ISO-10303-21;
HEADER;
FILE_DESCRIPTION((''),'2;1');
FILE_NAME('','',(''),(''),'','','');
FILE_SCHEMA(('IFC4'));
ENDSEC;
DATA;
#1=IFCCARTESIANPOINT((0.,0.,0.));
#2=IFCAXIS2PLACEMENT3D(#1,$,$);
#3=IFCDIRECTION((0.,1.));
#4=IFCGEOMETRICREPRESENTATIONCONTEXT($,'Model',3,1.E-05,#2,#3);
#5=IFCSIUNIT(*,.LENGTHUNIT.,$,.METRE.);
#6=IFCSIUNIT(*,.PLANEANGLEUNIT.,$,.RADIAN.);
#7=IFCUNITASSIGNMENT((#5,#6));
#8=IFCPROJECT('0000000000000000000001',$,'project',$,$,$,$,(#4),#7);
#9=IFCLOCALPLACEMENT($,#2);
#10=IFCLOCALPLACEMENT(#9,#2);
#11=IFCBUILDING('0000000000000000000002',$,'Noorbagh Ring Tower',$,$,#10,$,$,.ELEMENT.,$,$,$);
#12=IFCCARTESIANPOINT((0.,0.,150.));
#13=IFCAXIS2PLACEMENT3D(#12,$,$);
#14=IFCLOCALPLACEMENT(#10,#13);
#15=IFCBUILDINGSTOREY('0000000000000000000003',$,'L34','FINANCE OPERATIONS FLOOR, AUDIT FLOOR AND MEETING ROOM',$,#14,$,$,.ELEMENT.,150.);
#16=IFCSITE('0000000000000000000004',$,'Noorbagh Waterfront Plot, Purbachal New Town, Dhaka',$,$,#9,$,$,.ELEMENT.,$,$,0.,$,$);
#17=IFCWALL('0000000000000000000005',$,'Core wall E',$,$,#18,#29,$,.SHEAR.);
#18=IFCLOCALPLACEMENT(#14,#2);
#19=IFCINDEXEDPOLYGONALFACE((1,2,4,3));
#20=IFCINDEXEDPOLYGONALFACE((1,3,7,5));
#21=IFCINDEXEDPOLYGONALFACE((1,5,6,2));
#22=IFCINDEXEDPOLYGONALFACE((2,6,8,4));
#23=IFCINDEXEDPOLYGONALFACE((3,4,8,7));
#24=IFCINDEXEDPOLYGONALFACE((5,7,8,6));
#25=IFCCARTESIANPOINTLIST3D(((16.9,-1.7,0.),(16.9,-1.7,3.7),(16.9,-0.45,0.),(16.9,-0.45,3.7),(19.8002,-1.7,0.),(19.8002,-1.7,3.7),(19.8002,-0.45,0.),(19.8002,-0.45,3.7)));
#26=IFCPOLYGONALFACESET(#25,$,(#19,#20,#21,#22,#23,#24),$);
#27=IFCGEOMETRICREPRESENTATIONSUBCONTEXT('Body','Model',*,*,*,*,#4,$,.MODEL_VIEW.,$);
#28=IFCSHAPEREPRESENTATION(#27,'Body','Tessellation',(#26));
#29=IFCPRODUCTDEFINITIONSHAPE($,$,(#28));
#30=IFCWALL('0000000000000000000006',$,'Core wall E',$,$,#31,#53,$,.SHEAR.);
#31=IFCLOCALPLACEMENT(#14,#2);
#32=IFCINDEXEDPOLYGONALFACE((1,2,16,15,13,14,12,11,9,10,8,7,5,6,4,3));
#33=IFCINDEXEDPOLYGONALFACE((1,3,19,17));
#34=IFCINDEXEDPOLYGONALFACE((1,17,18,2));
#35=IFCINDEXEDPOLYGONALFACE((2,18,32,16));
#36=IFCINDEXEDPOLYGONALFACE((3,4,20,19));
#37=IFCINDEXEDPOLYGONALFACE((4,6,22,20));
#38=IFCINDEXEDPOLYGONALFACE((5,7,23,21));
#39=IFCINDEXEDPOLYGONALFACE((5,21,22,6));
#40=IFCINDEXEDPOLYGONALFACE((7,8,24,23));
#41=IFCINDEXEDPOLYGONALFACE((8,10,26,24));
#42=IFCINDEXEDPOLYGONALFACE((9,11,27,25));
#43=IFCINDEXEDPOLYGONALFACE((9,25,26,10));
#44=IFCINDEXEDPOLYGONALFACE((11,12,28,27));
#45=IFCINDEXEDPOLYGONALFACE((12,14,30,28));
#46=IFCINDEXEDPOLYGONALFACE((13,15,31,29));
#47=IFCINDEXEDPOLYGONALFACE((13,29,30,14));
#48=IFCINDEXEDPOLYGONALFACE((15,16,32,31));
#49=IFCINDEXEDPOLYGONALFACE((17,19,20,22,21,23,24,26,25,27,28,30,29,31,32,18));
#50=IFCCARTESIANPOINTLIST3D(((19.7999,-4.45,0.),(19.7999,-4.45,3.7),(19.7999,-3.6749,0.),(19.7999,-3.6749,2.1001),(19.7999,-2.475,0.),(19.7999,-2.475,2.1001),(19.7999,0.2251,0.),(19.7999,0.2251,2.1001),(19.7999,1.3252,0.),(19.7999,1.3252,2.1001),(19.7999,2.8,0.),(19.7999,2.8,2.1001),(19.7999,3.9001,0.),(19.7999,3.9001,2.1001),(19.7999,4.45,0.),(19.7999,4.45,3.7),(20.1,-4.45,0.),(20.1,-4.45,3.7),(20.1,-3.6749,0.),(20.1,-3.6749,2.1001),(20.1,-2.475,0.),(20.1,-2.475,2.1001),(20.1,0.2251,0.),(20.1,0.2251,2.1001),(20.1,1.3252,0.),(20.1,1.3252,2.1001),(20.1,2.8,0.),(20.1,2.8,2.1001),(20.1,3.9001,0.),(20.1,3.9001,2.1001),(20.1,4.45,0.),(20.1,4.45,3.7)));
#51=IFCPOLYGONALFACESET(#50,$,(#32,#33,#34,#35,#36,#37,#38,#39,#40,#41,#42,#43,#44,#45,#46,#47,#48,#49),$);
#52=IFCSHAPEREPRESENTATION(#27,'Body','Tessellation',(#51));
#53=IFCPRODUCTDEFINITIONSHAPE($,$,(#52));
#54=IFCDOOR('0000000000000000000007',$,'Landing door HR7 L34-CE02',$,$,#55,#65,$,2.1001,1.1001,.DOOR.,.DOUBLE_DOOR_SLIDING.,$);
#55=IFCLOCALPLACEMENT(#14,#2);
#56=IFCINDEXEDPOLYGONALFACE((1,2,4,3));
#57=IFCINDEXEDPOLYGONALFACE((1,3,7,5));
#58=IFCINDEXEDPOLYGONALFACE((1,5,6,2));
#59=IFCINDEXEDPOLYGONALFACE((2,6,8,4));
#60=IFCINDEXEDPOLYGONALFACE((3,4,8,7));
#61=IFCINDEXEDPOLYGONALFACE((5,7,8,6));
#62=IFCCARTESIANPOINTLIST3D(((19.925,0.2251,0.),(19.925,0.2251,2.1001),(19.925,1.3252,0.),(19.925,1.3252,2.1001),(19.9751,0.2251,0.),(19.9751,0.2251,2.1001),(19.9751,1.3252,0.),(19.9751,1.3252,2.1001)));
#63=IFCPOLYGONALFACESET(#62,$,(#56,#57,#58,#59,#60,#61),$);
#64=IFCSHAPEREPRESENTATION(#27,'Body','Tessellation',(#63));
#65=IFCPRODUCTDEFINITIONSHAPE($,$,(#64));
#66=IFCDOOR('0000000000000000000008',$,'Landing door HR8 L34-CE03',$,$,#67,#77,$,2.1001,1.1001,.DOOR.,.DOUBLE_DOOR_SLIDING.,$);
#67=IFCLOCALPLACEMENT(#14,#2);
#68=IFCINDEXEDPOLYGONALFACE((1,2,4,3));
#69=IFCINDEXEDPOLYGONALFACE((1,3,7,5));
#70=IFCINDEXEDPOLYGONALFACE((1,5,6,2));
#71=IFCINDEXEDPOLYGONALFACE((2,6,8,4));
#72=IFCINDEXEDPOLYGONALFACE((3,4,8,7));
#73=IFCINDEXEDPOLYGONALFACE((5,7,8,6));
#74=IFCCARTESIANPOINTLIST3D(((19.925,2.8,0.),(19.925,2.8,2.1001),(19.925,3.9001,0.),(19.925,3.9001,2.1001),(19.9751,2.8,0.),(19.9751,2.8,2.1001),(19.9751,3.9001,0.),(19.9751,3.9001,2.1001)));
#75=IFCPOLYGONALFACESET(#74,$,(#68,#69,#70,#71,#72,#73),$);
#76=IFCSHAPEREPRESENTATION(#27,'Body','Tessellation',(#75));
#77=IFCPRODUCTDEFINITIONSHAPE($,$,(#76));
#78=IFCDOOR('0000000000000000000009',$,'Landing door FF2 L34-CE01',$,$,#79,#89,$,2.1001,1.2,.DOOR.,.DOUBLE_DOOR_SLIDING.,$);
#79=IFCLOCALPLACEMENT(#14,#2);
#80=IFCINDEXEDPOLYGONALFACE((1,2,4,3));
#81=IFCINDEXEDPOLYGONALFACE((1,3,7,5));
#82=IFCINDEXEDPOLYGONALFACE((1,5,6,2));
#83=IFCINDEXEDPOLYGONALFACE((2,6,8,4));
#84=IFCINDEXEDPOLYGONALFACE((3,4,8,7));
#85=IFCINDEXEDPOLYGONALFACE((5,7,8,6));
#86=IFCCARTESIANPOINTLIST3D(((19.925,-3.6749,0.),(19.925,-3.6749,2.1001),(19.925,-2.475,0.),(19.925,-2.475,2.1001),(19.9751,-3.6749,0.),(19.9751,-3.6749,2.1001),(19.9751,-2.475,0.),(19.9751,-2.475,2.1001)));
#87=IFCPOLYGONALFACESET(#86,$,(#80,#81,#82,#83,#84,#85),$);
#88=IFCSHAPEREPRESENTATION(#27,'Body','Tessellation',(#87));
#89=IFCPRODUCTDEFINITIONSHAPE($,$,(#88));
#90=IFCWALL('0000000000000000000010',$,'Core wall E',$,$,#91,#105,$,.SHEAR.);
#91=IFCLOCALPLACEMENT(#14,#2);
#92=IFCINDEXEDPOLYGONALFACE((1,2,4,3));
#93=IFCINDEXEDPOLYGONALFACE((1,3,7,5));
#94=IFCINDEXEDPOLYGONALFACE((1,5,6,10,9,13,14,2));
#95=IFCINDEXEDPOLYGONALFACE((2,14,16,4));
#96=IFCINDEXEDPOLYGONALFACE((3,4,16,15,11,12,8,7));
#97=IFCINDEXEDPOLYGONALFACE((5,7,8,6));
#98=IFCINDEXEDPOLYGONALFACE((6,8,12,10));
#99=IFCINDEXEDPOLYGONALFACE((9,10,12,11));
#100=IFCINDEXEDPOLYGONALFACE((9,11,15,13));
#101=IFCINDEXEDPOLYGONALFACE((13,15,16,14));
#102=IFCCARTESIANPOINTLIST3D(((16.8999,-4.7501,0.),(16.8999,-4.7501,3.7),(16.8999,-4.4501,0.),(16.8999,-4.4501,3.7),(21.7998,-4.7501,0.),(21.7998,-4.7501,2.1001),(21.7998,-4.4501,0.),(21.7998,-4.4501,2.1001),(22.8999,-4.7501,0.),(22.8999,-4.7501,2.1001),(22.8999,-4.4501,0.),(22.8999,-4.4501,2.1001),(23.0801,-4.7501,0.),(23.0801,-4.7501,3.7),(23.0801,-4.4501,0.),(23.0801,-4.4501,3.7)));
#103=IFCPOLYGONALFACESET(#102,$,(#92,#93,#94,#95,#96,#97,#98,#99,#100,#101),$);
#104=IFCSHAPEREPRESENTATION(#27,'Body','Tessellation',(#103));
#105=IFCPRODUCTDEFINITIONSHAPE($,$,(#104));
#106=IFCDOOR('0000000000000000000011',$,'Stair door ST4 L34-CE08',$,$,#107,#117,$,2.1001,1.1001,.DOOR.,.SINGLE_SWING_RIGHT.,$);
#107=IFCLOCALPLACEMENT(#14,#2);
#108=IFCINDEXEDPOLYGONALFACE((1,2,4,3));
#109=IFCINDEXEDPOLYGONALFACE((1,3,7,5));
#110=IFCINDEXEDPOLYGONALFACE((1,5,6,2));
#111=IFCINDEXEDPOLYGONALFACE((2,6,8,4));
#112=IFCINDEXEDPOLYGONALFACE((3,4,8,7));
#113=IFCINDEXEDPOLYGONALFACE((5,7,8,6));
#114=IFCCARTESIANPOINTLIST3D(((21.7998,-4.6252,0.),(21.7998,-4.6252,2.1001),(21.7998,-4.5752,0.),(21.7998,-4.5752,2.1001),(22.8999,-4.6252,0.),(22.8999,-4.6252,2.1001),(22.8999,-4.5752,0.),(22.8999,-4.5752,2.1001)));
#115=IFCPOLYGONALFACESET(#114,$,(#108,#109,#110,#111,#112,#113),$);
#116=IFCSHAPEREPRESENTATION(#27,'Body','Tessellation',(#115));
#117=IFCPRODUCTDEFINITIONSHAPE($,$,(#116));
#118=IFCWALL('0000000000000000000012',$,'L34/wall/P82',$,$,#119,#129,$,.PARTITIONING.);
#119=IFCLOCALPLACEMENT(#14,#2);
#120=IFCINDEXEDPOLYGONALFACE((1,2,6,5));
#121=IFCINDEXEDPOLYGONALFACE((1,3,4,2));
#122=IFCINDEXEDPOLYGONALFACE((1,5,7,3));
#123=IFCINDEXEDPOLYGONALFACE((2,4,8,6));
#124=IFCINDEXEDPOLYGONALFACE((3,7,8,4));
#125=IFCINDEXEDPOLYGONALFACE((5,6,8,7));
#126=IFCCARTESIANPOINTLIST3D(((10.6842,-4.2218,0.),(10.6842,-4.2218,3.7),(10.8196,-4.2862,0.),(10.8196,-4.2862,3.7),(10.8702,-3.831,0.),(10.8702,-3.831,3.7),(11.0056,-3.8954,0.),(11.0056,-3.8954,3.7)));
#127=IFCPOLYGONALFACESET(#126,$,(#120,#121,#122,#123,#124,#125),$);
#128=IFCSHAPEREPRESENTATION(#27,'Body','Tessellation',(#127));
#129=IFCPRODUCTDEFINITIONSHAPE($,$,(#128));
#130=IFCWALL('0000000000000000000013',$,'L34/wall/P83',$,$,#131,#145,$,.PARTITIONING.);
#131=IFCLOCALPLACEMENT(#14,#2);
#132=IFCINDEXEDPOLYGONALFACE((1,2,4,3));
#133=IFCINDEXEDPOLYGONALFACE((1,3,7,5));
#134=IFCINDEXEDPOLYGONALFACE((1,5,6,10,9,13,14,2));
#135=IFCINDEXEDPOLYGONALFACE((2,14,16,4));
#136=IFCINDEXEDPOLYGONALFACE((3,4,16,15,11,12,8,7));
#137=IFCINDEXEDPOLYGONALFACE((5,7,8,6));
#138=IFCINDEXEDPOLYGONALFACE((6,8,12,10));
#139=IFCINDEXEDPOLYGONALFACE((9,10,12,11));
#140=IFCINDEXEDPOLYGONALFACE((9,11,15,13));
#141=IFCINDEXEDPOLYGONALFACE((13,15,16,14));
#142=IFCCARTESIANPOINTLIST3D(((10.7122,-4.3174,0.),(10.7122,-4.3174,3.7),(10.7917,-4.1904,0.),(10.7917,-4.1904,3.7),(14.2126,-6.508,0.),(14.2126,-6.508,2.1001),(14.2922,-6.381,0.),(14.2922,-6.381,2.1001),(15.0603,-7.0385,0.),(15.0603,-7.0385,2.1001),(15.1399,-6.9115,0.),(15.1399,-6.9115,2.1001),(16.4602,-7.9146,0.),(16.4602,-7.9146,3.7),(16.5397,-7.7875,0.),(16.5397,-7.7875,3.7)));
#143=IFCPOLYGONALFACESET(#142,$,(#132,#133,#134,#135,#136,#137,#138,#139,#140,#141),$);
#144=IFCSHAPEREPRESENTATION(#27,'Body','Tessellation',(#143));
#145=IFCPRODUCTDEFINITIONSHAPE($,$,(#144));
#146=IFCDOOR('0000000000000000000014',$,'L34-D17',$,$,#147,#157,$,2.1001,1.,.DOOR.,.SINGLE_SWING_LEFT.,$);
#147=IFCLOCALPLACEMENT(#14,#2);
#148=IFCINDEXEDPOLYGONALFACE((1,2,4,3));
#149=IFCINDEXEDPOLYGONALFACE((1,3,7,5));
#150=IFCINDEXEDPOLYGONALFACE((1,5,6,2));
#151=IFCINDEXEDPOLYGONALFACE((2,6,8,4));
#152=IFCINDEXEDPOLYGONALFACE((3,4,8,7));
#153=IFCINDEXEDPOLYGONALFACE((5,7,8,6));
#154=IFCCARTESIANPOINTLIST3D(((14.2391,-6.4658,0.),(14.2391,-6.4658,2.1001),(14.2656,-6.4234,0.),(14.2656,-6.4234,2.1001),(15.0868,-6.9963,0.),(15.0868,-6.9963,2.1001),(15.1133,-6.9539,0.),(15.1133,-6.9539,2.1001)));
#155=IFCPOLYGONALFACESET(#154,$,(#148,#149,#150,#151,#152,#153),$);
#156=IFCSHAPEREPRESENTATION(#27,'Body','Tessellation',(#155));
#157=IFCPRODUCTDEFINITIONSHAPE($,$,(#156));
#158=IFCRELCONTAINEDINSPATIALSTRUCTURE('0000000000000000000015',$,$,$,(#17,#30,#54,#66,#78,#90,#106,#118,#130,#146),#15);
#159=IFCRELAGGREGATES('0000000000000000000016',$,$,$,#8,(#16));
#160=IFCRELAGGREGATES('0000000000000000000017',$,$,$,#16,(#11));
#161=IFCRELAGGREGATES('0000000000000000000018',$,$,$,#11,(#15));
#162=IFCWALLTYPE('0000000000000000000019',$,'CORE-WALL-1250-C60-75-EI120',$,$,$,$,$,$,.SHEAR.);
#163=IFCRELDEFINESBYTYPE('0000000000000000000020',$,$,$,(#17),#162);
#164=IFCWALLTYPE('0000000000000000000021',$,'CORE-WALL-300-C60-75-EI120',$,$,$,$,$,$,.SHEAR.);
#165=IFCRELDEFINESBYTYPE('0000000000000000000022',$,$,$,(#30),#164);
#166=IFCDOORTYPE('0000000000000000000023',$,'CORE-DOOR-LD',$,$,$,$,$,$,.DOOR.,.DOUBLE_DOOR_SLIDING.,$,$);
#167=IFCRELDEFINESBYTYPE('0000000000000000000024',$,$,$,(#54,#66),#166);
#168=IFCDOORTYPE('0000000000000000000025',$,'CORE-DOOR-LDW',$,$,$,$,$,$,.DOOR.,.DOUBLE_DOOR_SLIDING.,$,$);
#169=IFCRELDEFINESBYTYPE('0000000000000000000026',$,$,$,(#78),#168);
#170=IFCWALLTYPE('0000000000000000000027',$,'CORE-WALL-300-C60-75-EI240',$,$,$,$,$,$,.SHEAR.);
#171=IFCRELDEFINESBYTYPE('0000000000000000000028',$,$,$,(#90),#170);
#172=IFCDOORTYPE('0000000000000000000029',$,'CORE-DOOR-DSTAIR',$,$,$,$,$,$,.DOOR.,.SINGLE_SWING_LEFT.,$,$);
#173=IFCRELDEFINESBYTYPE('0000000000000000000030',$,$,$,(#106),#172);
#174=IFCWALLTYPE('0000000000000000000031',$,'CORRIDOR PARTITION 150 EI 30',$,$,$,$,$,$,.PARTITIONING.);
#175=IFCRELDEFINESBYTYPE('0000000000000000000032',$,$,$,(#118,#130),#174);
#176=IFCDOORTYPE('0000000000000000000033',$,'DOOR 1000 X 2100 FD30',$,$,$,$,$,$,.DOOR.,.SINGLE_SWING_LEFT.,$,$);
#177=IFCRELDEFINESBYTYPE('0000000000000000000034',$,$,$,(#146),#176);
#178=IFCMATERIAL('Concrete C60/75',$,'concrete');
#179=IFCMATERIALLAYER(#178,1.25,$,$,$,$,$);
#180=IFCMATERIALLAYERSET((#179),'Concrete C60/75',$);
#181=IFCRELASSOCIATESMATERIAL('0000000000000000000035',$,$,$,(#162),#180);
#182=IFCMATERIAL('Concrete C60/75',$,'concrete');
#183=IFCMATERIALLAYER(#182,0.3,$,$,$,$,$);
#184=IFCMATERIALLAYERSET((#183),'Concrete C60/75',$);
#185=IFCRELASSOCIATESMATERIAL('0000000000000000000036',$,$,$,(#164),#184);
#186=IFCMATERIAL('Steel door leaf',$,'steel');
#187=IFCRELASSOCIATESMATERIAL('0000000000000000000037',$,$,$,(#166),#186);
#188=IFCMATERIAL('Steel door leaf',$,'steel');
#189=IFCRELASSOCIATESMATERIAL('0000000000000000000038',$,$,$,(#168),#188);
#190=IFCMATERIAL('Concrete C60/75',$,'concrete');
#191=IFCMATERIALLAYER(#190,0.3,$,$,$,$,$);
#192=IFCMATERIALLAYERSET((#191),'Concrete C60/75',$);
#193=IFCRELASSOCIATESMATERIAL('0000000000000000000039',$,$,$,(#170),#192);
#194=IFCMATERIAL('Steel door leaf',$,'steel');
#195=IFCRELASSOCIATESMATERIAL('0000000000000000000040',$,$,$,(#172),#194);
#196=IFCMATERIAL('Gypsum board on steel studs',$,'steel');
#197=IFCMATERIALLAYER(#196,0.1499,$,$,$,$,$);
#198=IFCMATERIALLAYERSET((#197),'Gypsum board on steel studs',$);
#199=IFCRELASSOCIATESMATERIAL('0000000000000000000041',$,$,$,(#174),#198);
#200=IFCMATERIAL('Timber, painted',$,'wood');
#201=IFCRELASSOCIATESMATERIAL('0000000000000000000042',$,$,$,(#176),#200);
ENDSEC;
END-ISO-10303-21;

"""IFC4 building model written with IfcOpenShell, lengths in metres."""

from ifc_helpers import new_model, si_unit, direction, frame, frame_2d, origin, place, context, subcontext, project, spatial, rectangle, extrude, material, layer, layer_set, type_object, element, fill, save


model = new_model("IFC4")

# Units and contexts
model_context = context("Model", 3, precision=1e-05, world=origin(), true_north=direction((0.0, 1.0)))
body_context = subcontext(model_context, "Body", "Model", "MODEL_VIEW")
ifc_project = project(units=[si_unit("LENGTHUNIT", "METRE"), si_unit("PLANEANGLEUNIT", "RADIAN")], contexts=[model_context])

# Site, building, storey
site_placement = place(None, origin())
site = spatial("IfcSite", under=ifc_project, at=site_placement, Name="Noorbagh Waterfront Plot, Purbachal New Town, Dhaka", CompositionType="ELEMENT", RefElevation=0.0)
building_placement = place(site_placement, origin())
building = spatial("IfcBuilding", under=site, at=building_placement, Name="Noorbagh Ring Tower", CompositionType="ELEMENT")
storey_placement = place(building_placement, frame((0.0, 0.0, 150.0)))
storey = spatial("IfcBuildingStorey", under=building, at=storey_placement, Name="L34", Description="FINANCE OPERATIONS FLOOR, AUDIT FLOOR AND MEETING ROOM", CompositionType="ELEMENT", Elevation=150.0)

# Wall
ifc_material_1 = material(Name="Concrete C60/75", Category="concrete")
ifc_layer_1 = layer(ifc_material_1, 1.25)
ifc_layer_set_1 = layer_set([ifc_layer_1], Name="Concrete C60/75")
wall_type_1 = type_object("IfcWallType", Name="CORE-WALL-1250-C60-75-EI120", PredefinedType="SHEAR", material=ifc_layer_set_1)
wall_1_placement = place(storey_placement, frame((16.8999, -1.075, 0.0), z_axis=(0.0, 0.0, 1.0), x_axis=(1.0, 0.0, 0.0)))
element("IfcWall", 1, at=wall_1_placement, inside=storey, type_object=wall_type_1, Name="Core wall E", PredefinedType="SHEAR", context=body_context, shape_type="SweptSolid", body=[
    extrude(rectangle(XDim=2.9001, YDim=1.25, at=frame_2d((1.4502, 0.0))), origin(), (0.0, 0.0, 1.0), 3.7),
])

# Wall, openings, doors
ifc_material_2 = material(Name="Concrete C60/75", Category="concrete")
ifc_layer_2 = layer(ifc_material_2, 0.3)
ifc_layer_set_2 = layer_set([ifc_layer_2], Name="Concrete C60/75")
wall_type_2 = type_object("IfcWallType", Name="CORE-WALL-300-C60-75-EI120", PredefinedType="SHEAR", material=ifc_layer_set_2)
wall_2_placement = place(storey_placement, frame((19.95, -4.45, 0.0), z_axis=(0.0, 0.0, 1.0), x_axis=(0.0, 1.0, 0.0)))
wall_2 = element("IfcWall", 2, at=wall_2_placement, inside=storey, type_object=wall_type_2, Name="Core wall E", PredefinedType="SHEAR", context=body_context, shape_type="SweptSolid", body=[
    extrude(rectangle(XDim=8.8999, YDim=0.3, at=frame_2d((4.45, 0.0))), origin(), (0.0, 0.0, 1.0), 3.7),
])
opening_1_placement = place(wall_2_placement, frame((0.7749, 0.0, 0.0)))
opening_1 = element("IfcOpeningElement", 3, at=opening_1_placement, cuts=wall_2, PredefinedType="OPENING", context=body_context, shape_type="SweptSolid", body=[
    extrude(rectangle(XDim=1.2, YDim=2.1001, at=frame_2d((0.6001, 1.05))), frame((0.0, 0.1602, 0.0), z_axis=(0.0, -1.0, 0.0), x_axis=(1.0, 0.0, 0.0)), (0.0, 0.0, 1.0), 0.3201),
])
opening_2_placement = place(wall_2_placement, frame((4.675, 0.0, 0.0)))
opening_2 = element("IfcOpeningElement", 4, at=opening_2_placement, cuts=wall_2, PredefinedType="OPENING", context=body_context, shape_type="SweptSolid", body=[
    extrude(rectangle(XDim=1.1001, YDim=2.1001, at=frame_2d((0.55, 1.05))), frame((0.0, 0.1602, 0.0), z_axis=(0.0, -1.0, 0.0), x_axis=(1.0, 0.0, 0.0)), (0.0, 0.0, 1.0), 0.3201),
])
opening_3_placement = place(wall_2_placement, frame((7.25, 0.0, 0.0)))
opening_3 = element("IfcOpeningElement", 5, at=opening_3_placement, cuts=wall_2, PredefinedType="OPENING", context=body_context, shape_type="SweptSolid", body=[
    extrude(rectangle(XDim=1.1001, YDim=2.1001, at=frame_2d((0.55, 1.05))), frame((0.0, 0.1602, 0.0), z_axis=(0.0, -1.0, 0.0), x_axis=(1.0, 0.0, 0.0)), (0.0, 0.0, 1.0), 0.3201),
])
ifc_material_3 = material(Name="Steel door leaf", Category="steel")
door_type_1 = type_object("IfcDoorType", Name="CORE-DOOR-LD", OperationType="DOUBLE_DOOR_SLIDING", PredefinedType="DOOR", material=ifc_material_3)
door_1_placement = place(opening_2_placement, origin())
door_1 = element("IfcDoor", 6, at=door_1_placement, inside=storey, type_object=door_type_1, Name="Landing door HR7 L34-CE02", OperationType="DOUBLE_DOOR_SLIDING", OverallHeight=2.1001, OverallWidth=1.1001, PredefinedType="DOOR", context=body_context, shape_type="SweptSolid", body=[
    extrude(rectangle(XDim=1.1001, YDim=2.1001, at=frame_2d((0.55, 1.05))), frame((0.0, 0.0249, 0.0), z_axis=(0.0, -1.0, 0.0), x_axis=(1.0, 0.0, 0.0)), (0.0, 0.0, 1.0), 0.05),
])
fill(opening_2, door_1)
door_2_placement = place(opening_3_placement, origin())
door_2 = element("IfcDoor", 7, at=door_2_placement, inside=storey, type_object=door_type_1, Name="Landing door HR8 L34-CE03", OperationType="DOUBLE_DOOR_SLIDING", OverallHeight=2.1001, OverallWidth=1.1001, PredefinedType="DOOR", context=body_context, shape_type="SweptSolid", body=[
    extrude(rectangle(XDim=1.1001, YDim=2.1001, at=frame_2d((0.55, 1.05))), frame((0.0, 0.0249, 0.0), z_axis=(0.0, -1.0, 0.0), x_axis=(1.0, 0.0, 0.0)), (0.0, 0.0, 1.0), 0.05),
])
fill(opening_3, door_2)
ifc_material_4 = material(Name="Steel door leaf", Category="steel")
door_type_2 = type_object("IfcDoorType", Name="CORE-DOOR-LDW", OperationType="DOUBLE_DOOR_SLIDING", PredefinedType="DOOR", material=ifc_material_4)
door_3_placement = place(opening_1_placement, origin())
door_3 = element("IfcDoor", 8, at=door_3_placement, inside=storey, type_object=door_type_2, Name="Landing door FF2 L34-CE01", OperationType="DOUBLE_DOOR_SLIDING", OverallHeight=2.1001, OverallWidth=1.2, PredefinedType="DOOR", context=body_context, shape_type="SweptSolid", body=[
    extrude(rectangle(XDim=1.2, YDim=2.1001, at=frame_2d((0.6001, 1.05))), frame((0.0, 0.0249, 0.0), z_axis=(0.0, -1.0, 0.0), x_axis=(1.0, 0.0, 0.0)), (0.0, 0.0, 1.0), 0.05),
])
fill(opening_1, door_3)

# Wall, opening, door
ifc_material_5 = material(Name="Concrete C60/75", Category="concrete")
ifc_layer_3 = layer(ifc_material_5, 0.3)
ifc_layer_set_3 = layer_set([ifc_layer_3], Name="Concrete C60/75")
wall_type_3 = type_object("IfcWallType", Name="CORE-WALL-300-C60-75-EI240", PredefinedType="SHEAR", material=ifc_layer_set_3)
wall_3_placement = place(storey_placement, frame((16.8999, -4.6001, 0.0), z_axis=(0.0, 0.0, 1.0), x_axis=(1.0, 0.0, 0.0)))
wall_3 = element("IfcWall", 9, at=wall_3_placement, inside=storey, type_object=wall_type_3, Name="Core wall E", PredefinedType="SHEAR", context=body_context, shape_type="SweptSolid", body=[
    extrude(rectangle(XDim=6.1802, YDim=0.3, at=frame_2d((3.0901, 0.0))), origin(), (0.0, 0.0, 1.0), 3.7),
])
opening_4_placement = place(wall_3_placement, frame((4.8999, 0.0, 0.0)))
opening_4 = element("IfcOpeningElement", 10, at=opening_4_placement, cuts=wall_3, PredefinedType="OPENING", context=body_context, shape_type="SweptSolid", body=[
    extrude(rectangle(XDim=1.1001, YDim=2.1001, at=frame_2d((0.55, 1.05))), frame((0.0, 0.1602, 0.0), z_axis=(0.0, -1.0, 0.0), x_axis=(1.0, 0.0, 0.0)), (0.0, 0.0, 1.0), 0.3201),
])
ifc_material_6 = material(Name="Steel door leaf", Category="steel")
door_type_3 = type_object("IfcDoorType", Name="CORE-DOOR-DSTAIR", OperationType="SINGLE_SWING_LEFT", PredefinedType="DOOR", material=ifc_material_6)
door_4_placement = place(opening_4_placement, origin())
door_4 = element("IfcDoor", 11, at=door_4_placement, inside=storey, type_object=door_type_3, Name="Stair door ST4 L34-CE08", OperationType="SINGLE_SWING_RIGHT", OverallHeight=2.1001, OverallWidth=1.1001, PredefinedType="DOOR", context=body_context, shape_type="SweptSolid", body=[
    extrude(rectangle(XDim=1.1001, YDim=2.1001, at=frame_2d((0.55, 1.05))), frame((0.0, 0.0249, 0.0), z_axis=(0.0, -1.0, 0.0), x_axis=(1.0, 0.0, 0.0)), (0.0, 0.0, 1.0), 0.05),
])
fill(opening_4, door_4)

# Wall
ifc_material_7 = material(Name="Gypsum board on steel studs", Category="steel")
ifc_layer_4 = layer(ifc_material_7, 0.1499)
ifc_layer_set_4 = layer_set([ifc_layer_4], Name="Gypsum board on steel studs")
wall_type_4 = type_object("IfcWallType", Name="CORRIDOR PARTITION 150 EI 30", PredefinedType="PARTITIONING", material=ifc_layer_set_4)
wall_4_placement = place(storey_placement, frame((10.752, -4.2539, 0.0), z_axis=(0.0, 0.0, 1.0), x_axis=(0.429758, 0.902944, 0.0)))
element("IfcWall", 12, at=wall_4_placement, inside=storey, type_object=wall_type_4, Name="L34/wall/P82", PredefinedType="PARTITIONING", context=body_context, shape_type="SweptSolid", body=[
    extrude(rectangle(XDim=0.4329, YDim=0.1499, at=frame_2d((0.2163, 0.0))), origin(), (0.0, 0.0, 1.0), 3.7),
])

# Wall, opening, door
wall_5_placement = place(storey_placement, frame((10.752, -4.2539, 0.0), z_axis=(0.0, 0.0, 1.0), x_axis=(0.847691, -0.530491, 0.0)))
wall_5 = element("IfcWall", 13, at=wall_5_placement, inside=storey, type_object=wall_type_4, Name="L34/wall/P83", PredefinedType="PARTITIONING", context=body_context, shape_type="SweptSolid", body=[
    extrude(rectangle(XDim=6.7808, YDim=0.1499, at=frame_2d((3.3904, 0.0))), origin(), (0.0, 0.0, 1.0), 3.7),
])
opening_5_placement = place(wall_5_placement, frame((4.1294, 0.0, 0.0)))
opening_5 = element("IfcOpeningElement", 14, at=opening_5_placement, cuts=wall_5, PredefinedType="OPENING", context=body_context, shape_type="SweptSolid", body=[
    extrude(rectangle(XDim=1.0, YDim=2.1001, at=frame_2d((0.5, 1.05))), frame((0.0, 0.085, 0.0), z_axis=(0.0, -1.0, 0.0), x_axis=(1.0, 0.0, 0.0)), (0.0, 0.0, 1.0), 0.1699),
])
ifc_material_8 = material(Name="Timber, painted", Category="wood")
door_type_4 = type_object("IfcDoorType", Name="DOOR 1000 X 2100 FD30", OperationType="SINGLE_SWING_LEFT", PredefinedType="DOOR", material=ifc_material_8)
door_5_placement = place(opening_5_placement, origin())
door_5 = element("IfcDoor", 15, at=door_5_placement, inside=storey, type_object=door_type_4, Name="L34-D17", OperationType="SINGLE_SWING_LEFT", OverallHeight=2.1001, OverallWidth=1.0, PredefinedType="DOOR", context=body_context, shape_type="SweptSolid", body=[
    extrude(rectangle(XDim=1.0, YDim=2.1001, at=frame_2d((0.5, 1.05))), frame((0.0, 0.0249, 0.0), z_axis=(0.0, -1.0, 0.0), x_axis=(1.0, 0.0, 0.0)), (0.0, 0.0, 1.0), 0.05),
])
fill(opening_5, door_5)

save(model, "model.ifc")
